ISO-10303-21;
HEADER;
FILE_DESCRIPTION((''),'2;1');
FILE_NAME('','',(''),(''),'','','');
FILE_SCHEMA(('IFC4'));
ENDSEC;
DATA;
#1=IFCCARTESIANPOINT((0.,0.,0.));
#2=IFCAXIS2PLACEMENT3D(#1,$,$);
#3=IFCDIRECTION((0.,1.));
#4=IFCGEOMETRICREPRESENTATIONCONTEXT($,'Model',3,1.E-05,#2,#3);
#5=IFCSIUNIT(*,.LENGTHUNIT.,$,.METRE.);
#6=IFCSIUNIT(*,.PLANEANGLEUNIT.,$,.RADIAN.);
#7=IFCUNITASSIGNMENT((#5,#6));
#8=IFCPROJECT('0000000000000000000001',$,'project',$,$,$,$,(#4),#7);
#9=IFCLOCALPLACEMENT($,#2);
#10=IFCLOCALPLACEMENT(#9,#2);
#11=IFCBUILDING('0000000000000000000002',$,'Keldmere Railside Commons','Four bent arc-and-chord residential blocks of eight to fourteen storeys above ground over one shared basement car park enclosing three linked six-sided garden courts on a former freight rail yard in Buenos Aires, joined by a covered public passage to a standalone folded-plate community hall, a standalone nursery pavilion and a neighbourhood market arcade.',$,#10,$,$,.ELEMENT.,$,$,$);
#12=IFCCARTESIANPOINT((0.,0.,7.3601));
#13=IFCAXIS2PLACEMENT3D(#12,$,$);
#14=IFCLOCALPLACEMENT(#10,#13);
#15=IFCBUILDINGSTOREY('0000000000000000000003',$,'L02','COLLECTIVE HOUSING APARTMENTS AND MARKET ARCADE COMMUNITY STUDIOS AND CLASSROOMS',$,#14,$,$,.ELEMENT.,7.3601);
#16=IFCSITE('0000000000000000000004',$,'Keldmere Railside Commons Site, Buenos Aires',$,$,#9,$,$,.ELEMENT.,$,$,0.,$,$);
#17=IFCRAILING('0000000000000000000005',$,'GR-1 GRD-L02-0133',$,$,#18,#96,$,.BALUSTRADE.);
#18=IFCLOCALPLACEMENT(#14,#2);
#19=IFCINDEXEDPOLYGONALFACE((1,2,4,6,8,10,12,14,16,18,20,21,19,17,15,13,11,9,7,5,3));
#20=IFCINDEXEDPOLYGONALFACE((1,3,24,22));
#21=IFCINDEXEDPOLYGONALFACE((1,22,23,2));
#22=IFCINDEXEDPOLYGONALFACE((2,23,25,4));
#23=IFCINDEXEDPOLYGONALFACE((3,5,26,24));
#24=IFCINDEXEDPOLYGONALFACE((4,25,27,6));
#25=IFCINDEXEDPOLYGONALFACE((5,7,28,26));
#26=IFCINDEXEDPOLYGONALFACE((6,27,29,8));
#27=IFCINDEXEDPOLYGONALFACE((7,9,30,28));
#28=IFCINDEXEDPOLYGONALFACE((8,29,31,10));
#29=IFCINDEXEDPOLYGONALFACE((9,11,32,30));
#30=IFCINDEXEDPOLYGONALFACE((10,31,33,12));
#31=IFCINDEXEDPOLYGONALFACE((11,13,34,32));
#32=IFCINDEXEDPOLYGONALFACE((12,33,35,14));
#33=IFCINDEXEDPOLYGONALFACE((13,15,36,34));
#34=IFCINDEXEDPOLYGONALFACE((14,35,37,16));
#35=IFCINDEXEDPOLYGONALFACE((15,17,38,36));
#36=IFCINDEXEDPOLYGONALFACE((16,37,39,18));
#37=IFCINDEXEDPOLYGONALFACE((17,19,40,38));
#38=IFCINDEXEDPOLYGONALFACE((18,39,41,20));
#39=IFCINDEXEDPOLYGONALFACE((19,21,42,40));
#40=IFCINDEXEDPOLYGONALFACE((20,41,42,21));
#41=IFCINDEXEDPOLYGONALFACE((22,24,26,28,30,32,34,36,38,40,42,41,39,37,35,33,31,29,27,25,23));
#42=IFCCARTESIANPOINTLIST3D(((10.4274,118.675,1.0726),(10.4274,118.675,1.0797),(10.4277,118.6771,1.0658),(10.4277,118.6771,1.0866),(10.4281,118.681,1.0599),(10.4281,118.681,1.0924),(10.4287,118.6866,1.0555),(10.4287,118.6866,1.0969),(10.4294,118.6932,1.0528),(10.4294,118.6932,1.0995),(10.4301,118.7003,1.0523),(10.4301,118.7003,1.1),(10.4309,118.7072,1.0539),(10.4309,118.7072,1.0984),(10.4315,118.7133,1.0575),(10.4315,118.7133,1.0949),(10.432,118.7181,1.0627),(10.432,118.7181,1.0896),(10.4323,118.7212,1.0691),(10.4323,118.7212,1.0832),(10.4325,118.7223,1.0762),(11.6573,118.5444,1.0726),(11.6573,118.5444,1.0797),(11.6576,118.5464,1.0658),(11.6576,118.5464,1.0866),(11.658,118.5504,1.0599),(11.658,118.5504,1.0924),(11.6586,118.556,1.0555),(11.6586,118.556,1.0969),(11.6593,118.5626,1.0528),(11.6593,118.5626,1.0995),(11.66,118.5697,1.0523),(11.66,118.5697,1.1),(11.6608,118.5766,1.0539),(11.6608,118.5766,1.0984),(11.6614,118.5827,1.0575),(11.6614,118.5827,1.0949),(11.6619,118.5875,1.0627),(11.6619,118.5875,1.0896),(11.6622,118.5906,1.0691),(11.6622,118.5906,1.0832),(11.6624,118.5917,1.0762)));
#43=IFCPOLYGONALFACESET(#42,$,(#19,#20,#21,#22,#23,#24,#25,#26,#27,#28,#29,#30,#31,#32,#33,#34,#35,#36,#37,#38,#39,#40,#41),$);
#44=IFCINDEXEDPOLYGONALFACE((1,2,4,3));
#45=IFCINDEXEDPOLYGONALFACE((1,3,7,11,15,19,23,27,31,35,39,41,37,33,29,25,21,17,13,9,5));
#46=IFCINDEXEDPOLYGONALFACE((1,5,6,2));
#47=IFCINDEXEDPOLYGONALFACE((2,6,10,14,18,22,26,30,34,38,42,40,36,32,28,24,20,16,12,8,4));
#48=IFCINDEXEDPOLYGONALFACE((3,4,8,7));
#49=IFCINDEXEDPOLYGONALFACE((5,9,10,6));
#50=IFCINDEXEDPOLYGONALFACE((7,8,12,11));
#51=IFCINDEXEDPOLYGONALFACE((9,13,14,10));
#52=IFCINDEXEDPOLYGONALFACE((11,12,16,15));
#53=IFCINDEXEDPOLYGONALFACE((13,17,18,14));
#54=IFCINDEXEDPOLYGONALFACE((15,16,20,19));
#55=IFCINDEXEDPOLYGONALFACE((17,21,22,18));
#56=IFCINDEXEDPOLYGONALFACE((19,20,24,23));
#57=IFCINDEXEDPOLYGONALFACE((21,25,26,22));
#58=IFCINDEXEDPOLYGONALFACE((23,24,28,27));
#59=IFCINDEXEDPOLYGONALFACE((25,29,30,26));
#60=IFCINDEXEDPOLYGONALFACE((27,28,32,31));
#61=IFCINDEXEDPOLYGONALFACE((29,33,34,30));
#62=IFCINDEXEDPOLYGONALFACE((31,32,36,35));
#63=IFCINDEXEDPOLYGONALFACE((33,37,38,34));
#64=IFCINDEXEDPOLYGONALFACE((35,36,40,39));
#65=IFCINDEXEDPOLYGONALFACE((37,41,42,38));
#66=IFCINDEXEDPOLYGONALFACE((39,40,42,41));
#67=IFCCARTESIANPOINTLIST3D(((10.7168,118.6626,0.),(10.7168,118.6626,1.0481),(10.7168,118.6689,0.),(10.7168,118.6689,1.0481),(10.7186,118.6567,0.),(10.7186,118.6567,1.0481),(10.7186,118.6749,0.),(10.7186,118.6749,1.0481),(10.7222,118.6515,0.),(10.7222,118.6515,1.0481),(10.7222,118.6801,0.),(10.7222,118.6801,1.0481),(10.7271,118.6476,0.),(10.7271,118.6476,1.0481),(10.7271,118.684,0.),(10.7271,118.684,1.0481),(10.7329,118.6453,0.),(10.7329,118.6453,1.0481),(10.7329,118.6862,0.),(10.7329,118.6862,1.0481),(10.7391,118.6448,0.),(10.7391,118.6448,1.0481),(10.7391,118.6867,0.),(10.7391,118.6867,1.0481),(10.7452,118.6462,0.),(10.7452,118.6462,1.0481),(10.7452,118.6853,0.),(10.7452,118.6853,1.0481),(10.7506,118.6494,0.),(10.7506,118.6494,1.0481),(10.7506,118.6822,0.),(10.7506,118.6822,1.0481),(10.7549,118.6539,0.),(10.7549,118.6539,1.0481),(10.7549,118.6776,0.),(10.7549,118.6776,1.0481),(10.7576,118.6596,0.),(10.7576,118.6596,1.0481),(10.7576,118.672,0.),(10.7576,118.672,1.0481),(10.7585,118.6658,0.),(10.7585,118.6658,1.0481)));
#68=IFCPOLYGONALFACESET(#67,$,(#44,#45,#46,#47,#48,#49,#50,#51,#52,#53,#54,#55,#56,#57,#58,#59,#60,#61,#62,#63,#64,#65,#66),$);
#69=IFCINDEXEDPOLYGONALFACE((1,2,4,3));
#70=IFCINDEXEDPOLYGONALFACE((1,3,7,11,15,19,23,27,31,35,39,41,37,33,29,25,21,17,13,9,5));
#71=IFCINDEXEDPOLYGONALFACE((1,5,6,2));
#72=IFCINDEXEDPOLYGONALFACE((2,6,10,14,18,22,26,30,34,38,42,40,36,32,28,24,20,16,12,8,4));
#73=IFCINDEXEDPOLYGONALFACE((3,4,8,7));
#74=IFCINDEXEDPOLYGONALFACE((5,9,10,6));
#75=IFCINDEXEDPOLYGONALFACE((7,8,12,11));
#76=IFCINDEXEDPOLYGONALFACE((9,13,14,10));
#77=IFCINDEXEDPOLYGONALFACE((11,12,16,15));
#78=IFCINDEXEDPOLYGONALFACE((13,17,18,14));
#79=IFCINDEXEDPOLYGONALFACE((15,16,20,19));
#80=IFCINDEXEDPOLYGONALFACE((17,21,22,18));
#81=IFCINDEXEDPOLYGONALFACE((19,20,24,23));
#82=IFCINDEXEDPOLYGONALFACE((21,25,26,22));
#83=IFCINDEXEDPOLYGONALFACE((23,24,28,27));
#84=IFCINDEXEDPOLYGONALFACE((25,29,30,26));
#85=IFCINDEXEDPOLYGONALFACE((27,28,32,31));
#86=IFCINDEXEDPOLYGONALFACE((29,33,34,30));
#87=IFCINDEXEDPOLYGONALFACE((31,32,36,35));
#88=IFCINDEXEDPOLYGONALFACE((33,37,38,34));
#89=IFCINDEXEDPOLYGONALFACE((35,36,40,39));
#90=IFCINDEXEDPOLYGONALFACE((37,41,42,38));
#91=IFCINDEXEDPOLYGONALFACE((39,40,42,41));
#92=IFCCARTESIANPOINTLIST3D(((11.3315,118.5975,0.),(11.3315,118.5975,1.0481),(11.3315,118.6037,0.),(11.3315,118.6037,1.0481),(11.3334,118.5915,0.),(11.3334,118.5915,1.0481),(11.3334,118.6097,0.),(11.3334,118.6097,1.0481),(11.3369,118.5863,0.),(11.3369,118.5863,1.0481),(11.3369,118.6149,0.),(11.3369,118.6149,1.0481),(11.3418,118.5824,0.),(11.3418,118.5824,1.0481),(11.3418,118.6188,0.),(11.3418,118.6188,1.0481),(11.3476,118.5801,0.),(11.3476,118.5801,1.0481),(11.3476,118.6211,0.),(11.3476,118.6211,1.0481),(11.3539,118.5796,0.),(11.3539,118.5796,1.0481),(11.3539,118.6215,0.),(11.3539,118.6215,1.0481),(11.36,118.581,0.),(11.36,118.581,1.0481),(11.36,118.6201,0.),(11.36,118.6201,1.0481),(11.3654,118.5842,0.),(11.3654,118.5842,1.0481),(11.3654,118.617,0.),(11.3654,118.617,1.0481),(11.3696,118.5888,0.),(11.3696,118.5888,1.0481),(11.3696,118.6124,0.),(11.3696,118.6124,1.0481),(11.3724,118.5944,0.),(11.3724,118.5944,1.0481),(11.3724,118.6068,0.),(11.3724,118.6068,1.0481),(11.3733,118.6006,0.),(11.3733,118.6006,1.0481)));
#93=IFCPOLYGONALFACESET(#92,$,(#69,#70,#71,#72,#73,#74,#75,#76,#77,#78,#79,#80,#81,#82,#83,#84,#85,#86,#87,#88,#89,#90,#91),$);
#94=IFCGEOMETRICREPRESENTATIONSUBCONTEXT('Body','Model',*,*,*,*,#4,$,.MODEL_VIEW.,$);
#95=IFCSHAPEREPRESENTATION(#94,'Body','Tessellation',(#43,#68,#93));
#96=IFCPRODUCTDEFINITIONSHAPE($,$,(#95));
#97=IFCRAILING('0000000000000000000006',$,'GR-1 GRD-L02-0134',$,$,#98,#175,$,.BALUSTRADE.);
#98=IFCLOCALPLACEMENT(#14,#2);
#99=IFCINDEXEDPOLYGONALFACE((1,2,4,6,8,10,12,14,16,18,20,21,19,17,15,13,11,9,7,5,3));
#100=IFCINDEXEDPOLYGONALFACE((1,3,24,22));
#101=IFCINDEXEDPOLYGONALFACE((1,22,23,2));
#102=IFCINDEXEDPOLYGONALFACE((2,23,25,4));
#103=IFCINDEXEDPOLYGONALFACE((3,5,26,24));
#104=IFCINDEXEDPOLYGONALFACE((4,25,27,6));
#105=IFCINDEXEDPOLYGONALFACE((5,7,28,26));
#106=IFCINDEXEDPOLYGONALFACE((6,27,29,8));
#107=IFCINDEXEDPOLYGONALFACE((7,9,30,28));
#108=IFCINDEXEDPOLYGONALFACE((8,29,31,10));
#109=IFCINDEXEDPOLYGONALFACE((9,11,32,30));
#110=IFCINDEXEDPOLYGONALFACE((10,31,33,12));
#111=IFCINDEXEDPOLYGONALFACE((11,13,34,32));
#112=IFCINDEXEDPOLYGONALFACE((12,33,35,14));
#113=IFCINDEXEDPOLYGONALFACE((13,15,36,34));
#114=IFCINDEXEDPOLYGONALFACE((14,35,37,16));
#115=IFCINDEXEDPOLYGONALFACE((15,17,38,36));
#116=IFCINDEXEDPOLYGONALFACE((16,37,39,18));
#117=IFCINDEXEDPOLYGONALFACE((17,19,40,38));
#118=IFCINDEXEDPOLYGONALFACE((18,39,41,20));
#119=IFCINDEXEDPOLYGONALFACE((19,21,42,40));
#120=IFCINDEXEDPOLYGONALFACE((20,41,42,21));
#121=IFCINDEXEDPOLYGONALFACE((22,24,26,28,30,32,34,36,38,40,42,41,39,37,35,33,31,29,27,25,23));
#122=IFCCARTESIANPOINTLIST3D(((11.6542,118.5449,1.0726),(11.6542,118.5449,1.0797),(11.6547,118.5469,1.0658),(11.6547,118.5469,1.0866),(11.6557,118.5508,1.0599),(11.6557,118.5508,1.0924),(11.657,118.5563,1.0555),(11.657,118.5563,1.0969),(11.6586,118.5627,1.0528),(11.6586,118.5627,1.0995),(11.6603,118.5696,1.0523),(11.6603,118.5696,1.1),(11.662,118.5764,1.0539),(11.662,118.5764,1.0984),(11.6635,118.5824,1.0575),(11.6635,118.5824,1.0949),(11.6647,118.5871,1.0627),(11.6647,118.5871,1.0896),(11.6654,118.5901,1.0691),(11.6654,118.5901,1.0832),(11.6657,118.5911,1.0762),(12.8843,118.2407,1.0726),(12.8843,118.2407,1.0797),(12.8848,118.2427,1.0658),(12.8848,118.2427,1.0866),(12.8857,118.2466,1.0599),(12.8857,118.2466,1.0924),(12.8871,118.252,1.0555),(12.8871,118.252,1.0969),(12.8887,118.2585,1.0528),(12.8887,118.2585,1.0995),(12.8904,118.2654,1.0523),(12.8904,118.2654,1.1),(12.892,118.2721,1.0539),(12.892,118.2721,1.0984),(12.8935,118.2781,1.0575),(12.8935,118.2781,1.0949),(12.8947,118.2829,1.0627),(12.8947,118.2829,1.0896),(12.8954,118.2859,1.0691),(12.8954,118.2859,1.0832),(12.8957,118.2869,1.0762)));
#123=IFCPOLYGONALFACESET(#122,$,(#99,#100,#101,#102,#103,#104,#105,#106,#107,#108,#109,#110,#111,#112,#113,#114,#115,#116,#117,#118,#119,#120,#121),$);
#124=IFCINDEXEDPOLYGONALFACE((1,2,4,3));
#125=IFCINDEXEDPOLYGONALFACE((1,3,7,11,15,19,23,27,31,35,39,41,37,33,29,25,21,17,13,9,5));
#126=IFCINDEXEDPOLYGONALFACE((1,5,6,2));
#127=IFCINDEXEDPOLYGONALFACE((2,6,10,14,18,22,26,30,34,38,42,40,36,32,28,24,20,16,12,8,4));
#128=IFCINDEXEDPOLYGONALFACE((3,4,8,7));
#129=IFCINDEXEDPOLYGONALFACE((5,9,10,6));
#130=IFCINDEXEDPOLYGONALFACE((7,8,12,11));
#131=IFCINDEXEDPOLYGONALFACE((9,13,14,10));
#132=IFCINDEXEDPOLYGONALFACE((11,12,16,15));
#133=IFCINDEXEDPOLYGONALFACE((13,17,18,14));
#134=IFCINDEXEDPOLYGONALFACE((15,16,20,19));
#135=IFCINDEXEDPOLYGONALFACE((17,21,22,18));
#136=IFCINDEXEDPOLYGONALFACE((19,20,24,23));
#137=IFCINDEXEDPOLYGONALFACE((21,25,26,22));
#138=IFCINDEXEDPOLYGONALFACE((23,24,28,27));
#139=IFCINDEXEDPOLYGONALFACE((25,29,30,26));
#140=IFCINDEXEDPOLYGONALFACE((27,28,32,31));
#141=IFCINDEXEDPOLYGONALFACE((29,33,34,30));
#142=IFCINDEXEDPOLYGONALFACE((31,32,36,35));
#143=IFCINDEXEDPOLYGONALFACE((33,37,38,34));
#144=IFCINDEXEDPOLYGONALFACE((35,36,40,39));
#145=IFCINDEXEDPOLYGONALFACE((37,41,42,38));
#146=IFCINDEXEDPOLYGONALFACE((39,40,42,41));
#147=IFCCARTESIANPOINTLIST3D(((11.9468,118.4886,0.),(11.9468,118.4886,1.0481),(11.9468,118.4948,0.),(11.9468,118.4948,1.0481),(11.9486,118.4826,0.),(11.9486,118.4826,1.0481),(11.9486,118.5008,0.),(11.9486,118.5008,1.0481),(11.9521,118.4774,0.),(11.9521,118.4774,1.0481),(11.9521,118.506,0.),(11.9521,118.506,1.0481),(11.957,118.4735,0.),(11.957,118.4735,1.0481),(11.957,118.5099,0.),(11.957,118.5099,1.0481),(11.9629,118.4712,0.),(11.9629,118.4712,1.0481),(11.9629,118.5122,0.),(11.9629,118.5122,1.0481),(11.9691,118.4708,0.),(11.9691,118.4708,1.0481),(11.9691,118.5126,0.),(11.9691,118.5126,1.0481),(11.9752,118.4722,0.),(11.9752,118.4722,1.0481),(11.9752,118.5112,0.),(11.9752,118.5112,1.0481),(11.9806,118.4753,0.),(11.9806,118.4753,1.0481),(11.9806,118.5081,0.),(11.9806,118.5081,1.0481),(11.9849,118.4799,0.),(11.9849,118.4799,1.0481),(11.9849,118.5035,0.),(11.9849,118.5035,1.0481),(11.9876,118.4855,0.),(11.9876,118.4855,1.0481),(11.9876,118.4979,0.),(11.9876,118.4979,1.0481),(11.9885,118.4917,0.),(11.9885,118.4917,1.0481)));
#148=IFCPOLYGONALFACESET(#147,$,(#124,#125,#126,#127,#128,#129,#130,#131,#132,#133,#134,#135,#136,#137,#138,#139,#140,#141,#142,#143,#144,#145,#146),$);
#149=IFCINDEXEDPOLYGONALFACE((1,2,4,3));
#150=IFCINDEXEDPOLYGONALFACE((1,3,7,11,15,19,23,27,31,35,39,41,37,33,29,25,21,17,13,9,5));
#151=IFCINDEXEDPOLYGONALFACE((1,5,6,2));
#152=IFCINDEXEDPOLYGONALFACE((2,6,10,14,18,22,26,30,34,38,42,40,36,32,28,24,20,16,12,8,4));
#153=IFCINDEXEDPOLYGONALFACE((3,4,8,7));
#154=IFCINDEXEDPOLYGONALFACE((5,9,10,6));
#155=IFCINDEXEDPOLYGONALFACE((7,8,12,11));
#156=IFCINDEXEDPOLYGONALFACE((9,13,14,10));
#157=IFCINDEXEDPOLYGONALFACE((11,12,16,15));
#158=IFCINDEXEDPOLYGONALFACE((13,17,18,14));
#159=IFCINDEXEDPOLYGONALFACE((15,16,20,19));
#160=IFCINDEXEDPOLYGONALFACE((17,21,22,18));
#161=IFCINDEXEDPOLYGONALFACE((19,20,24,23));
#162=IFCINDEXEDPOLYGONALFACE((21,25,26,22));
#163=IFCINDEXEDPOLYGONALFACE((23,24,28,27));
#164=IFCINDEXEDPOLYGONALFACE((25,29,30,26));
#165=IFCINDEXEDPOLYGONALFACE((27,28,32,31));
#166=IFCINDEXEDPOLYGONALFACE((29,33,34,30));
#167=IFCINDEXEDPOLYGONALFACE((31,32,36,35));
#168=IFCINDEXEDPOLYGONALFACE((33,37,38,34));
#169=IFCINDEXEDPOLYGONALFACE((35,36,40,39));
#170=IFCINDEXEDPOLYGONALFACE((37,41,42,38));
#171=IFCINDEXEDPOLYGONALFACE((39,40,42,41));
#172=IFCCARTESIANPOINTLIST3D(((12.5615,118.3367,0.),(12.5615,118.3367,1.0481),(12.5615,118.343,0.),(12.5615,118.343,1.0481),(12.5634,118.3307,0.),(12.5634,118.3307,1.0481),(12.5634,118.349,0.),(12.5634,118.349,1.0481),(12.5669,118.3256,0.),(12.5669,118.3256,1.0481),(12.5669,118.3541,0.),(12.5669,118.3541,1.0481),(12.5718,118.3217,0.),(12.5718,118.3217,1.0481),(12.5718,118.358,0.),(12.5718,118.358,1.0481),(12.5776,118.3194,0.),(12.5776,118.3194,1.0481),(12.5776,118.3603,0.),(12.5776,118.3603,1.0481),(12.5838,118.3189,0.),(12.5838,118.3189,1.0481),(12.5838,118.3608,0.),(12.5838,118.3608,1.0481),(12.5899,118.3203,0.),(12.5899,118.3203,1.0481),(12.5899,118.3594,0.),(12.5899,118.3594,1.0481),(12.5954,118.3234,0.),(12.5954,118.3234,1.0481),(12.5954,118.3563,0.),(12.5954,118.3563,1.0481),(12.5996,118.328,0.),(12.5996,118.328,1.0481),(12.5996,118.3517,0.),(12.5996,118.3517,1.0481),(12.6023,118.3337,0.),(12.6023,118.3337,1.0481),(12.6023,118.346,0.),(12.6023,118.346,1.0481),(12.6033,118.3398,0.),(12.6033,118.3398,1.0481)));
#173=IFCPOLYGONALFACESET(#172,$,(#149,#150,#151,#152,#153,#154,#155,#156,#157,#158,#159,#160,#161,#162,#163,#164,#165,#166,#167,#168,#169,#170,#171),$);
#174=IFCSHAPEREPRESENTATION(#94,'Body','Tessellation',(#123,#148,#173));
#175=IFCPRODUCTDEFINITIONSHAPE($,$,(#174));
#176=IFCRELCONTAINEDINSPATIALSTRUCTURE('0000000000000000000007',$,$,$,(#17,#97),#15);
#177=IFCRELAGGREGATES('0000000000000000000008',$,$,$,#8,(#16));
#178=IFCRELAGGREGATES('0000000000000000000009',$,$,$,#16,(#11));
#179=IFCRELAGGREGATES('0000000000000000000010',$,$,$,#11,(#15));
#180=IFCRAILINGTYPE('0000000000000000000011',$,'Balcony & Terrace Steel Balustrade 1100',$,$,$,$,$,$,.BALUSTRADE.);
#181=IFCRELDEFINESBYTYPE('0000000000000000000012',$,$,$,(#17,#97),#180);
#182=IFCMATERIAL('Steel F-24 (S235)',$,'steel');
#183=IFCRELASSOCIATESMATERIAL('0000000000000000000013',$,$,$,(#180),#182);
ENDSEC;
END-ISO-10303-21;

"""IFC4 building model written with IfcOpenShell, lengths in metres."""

from ifc_helpers import new_model, si_unit, direction, frame, origin, origin_2d, place, context, subcontext, project, spatial, circle, extrude, material, type_object, element, save


model = new_model("IFC4")

# Units and contexts
model_context = context("Model", 3, precision=1e-05, world=origin(), true_north=direction((0.0, 1.0)))
body_context = subcontext(model_context, "Body", "Model", "MODEL_VIEW")
ifc_project = project(units=[si_unit("LENGTHUNIT", "METRE"), si_unit("PLANEANGLEUNIT", "RADIAN")], contexts=[model_context])

# Site, building, storey
site_placement = place(None, origin())
site = spatial("IfcSite", under=ifc_project, at=site_placement, Name="Keldmere Railside Commons Site, Buenos Aires", CompositionType="ELEMENT", RefElevation=0.0)
building_placement = place(site_placement, origin())
building = spatial("IfcBuilding", under=site, at=building_placement, Name="Keldmere Railside Commons", Description="Four bent arc-and-chord residential blocks of eight to fourteen storeys above ground over one shared basement car park enclosing three linked six-sided garden courts on a former freight rail yard in Buenos Aires, joined by a covered public passage to a standalone folded-plate community hall, a standalone nursery pavilion and a neighbourhood market arcade.", CompositionType="ELEMENT")
storey_placement = place(building_placement, frame((0.0, 0.0, 7.3601)))
storey = spatial("IfcBuildingStorey", under=building, at=storey_placement, Name="L02", Description="COLLECTIVE HOUSING APARTMENTS AND MARKET ARCADE COMMUNITY STUDIOS AND CLASSROOMS", CompositionType="ELEMENT", Elevation=7.3601)

# Railings
ifc_material_1 = material(Name="Steel F-24 (S235)", Category="steel")
railing_type = type_object("IfcRailingType", Name="Balcony & Terrace Steel Balustrade 1100", PredefinedType="BALUSTRADE", material=ifc_material_1)
railing_1_placement = place(storey_placement, frame((10.4299, 118.6985, 0.0)))
element("IfcRailing", 1, at=railing_1_placement, inside=storey, type_object=railing_type, Name="GR-1 GRD-L02-0133", PredefinedType="BALUSTRADE", context=body_context, shape_type="SweptSolid", body=[
    extrude(circle(Radius=0.0239, at=origin_2d()), frame((0.0, 0.0, 1.0762), z_axis=(0.994409, -0.105599, 0.0), x_axis=(0.105599, 0.994409, 0.0)), (0.0, 0.0, 1.0), 1.2368),
    extrude(circle(Radius=0.021, at=origin_2d()), frame((0.3076, -0.0327, 0.0)), (0.0, 0.0, 1.0), 1.0481),
    extrude(circle(Radius=0.021, at=origin_2d()), frame((0.9224, -0.0979, 0.0)), (0.0, 0.0, 1.0), 1.0481),
])
railing_2_placement = place(storey_placement, frame((11.6599, 118.5679, 0.0)))
element("IfcRailing", 2, at=railing_2_placement, inside=storey, type_object=railing_type, Name="GR-1 GRD-L02-0134", PredefinedType="BALUSTRADE", context=body_context, shape_type="SweptSolid", body=[
    extrude(circle(Radius=0.0239, at=origin_2d()), frame((0.0, 0.0, 1.0762), z_axis=(0.970751, -0.240087, 0.0), x_axis=(0.240087, 0.970751, 0.0)), (0.0, 0.0, 1.0), 1.2671),
    extrude(circle(Radius=0.021, at=origin_2d()), frame((0.3076, -0.0762, 0.0)), (0.0, 0.0, 1.0), 1.0481),
    extrude(circle(Radius=0.021, at=origin_2d()), frame((0.9224, -0.228, 0.0)), (0.0, 0.0, 1.0), 1.0481),
])

save(model, "model.ifc")
